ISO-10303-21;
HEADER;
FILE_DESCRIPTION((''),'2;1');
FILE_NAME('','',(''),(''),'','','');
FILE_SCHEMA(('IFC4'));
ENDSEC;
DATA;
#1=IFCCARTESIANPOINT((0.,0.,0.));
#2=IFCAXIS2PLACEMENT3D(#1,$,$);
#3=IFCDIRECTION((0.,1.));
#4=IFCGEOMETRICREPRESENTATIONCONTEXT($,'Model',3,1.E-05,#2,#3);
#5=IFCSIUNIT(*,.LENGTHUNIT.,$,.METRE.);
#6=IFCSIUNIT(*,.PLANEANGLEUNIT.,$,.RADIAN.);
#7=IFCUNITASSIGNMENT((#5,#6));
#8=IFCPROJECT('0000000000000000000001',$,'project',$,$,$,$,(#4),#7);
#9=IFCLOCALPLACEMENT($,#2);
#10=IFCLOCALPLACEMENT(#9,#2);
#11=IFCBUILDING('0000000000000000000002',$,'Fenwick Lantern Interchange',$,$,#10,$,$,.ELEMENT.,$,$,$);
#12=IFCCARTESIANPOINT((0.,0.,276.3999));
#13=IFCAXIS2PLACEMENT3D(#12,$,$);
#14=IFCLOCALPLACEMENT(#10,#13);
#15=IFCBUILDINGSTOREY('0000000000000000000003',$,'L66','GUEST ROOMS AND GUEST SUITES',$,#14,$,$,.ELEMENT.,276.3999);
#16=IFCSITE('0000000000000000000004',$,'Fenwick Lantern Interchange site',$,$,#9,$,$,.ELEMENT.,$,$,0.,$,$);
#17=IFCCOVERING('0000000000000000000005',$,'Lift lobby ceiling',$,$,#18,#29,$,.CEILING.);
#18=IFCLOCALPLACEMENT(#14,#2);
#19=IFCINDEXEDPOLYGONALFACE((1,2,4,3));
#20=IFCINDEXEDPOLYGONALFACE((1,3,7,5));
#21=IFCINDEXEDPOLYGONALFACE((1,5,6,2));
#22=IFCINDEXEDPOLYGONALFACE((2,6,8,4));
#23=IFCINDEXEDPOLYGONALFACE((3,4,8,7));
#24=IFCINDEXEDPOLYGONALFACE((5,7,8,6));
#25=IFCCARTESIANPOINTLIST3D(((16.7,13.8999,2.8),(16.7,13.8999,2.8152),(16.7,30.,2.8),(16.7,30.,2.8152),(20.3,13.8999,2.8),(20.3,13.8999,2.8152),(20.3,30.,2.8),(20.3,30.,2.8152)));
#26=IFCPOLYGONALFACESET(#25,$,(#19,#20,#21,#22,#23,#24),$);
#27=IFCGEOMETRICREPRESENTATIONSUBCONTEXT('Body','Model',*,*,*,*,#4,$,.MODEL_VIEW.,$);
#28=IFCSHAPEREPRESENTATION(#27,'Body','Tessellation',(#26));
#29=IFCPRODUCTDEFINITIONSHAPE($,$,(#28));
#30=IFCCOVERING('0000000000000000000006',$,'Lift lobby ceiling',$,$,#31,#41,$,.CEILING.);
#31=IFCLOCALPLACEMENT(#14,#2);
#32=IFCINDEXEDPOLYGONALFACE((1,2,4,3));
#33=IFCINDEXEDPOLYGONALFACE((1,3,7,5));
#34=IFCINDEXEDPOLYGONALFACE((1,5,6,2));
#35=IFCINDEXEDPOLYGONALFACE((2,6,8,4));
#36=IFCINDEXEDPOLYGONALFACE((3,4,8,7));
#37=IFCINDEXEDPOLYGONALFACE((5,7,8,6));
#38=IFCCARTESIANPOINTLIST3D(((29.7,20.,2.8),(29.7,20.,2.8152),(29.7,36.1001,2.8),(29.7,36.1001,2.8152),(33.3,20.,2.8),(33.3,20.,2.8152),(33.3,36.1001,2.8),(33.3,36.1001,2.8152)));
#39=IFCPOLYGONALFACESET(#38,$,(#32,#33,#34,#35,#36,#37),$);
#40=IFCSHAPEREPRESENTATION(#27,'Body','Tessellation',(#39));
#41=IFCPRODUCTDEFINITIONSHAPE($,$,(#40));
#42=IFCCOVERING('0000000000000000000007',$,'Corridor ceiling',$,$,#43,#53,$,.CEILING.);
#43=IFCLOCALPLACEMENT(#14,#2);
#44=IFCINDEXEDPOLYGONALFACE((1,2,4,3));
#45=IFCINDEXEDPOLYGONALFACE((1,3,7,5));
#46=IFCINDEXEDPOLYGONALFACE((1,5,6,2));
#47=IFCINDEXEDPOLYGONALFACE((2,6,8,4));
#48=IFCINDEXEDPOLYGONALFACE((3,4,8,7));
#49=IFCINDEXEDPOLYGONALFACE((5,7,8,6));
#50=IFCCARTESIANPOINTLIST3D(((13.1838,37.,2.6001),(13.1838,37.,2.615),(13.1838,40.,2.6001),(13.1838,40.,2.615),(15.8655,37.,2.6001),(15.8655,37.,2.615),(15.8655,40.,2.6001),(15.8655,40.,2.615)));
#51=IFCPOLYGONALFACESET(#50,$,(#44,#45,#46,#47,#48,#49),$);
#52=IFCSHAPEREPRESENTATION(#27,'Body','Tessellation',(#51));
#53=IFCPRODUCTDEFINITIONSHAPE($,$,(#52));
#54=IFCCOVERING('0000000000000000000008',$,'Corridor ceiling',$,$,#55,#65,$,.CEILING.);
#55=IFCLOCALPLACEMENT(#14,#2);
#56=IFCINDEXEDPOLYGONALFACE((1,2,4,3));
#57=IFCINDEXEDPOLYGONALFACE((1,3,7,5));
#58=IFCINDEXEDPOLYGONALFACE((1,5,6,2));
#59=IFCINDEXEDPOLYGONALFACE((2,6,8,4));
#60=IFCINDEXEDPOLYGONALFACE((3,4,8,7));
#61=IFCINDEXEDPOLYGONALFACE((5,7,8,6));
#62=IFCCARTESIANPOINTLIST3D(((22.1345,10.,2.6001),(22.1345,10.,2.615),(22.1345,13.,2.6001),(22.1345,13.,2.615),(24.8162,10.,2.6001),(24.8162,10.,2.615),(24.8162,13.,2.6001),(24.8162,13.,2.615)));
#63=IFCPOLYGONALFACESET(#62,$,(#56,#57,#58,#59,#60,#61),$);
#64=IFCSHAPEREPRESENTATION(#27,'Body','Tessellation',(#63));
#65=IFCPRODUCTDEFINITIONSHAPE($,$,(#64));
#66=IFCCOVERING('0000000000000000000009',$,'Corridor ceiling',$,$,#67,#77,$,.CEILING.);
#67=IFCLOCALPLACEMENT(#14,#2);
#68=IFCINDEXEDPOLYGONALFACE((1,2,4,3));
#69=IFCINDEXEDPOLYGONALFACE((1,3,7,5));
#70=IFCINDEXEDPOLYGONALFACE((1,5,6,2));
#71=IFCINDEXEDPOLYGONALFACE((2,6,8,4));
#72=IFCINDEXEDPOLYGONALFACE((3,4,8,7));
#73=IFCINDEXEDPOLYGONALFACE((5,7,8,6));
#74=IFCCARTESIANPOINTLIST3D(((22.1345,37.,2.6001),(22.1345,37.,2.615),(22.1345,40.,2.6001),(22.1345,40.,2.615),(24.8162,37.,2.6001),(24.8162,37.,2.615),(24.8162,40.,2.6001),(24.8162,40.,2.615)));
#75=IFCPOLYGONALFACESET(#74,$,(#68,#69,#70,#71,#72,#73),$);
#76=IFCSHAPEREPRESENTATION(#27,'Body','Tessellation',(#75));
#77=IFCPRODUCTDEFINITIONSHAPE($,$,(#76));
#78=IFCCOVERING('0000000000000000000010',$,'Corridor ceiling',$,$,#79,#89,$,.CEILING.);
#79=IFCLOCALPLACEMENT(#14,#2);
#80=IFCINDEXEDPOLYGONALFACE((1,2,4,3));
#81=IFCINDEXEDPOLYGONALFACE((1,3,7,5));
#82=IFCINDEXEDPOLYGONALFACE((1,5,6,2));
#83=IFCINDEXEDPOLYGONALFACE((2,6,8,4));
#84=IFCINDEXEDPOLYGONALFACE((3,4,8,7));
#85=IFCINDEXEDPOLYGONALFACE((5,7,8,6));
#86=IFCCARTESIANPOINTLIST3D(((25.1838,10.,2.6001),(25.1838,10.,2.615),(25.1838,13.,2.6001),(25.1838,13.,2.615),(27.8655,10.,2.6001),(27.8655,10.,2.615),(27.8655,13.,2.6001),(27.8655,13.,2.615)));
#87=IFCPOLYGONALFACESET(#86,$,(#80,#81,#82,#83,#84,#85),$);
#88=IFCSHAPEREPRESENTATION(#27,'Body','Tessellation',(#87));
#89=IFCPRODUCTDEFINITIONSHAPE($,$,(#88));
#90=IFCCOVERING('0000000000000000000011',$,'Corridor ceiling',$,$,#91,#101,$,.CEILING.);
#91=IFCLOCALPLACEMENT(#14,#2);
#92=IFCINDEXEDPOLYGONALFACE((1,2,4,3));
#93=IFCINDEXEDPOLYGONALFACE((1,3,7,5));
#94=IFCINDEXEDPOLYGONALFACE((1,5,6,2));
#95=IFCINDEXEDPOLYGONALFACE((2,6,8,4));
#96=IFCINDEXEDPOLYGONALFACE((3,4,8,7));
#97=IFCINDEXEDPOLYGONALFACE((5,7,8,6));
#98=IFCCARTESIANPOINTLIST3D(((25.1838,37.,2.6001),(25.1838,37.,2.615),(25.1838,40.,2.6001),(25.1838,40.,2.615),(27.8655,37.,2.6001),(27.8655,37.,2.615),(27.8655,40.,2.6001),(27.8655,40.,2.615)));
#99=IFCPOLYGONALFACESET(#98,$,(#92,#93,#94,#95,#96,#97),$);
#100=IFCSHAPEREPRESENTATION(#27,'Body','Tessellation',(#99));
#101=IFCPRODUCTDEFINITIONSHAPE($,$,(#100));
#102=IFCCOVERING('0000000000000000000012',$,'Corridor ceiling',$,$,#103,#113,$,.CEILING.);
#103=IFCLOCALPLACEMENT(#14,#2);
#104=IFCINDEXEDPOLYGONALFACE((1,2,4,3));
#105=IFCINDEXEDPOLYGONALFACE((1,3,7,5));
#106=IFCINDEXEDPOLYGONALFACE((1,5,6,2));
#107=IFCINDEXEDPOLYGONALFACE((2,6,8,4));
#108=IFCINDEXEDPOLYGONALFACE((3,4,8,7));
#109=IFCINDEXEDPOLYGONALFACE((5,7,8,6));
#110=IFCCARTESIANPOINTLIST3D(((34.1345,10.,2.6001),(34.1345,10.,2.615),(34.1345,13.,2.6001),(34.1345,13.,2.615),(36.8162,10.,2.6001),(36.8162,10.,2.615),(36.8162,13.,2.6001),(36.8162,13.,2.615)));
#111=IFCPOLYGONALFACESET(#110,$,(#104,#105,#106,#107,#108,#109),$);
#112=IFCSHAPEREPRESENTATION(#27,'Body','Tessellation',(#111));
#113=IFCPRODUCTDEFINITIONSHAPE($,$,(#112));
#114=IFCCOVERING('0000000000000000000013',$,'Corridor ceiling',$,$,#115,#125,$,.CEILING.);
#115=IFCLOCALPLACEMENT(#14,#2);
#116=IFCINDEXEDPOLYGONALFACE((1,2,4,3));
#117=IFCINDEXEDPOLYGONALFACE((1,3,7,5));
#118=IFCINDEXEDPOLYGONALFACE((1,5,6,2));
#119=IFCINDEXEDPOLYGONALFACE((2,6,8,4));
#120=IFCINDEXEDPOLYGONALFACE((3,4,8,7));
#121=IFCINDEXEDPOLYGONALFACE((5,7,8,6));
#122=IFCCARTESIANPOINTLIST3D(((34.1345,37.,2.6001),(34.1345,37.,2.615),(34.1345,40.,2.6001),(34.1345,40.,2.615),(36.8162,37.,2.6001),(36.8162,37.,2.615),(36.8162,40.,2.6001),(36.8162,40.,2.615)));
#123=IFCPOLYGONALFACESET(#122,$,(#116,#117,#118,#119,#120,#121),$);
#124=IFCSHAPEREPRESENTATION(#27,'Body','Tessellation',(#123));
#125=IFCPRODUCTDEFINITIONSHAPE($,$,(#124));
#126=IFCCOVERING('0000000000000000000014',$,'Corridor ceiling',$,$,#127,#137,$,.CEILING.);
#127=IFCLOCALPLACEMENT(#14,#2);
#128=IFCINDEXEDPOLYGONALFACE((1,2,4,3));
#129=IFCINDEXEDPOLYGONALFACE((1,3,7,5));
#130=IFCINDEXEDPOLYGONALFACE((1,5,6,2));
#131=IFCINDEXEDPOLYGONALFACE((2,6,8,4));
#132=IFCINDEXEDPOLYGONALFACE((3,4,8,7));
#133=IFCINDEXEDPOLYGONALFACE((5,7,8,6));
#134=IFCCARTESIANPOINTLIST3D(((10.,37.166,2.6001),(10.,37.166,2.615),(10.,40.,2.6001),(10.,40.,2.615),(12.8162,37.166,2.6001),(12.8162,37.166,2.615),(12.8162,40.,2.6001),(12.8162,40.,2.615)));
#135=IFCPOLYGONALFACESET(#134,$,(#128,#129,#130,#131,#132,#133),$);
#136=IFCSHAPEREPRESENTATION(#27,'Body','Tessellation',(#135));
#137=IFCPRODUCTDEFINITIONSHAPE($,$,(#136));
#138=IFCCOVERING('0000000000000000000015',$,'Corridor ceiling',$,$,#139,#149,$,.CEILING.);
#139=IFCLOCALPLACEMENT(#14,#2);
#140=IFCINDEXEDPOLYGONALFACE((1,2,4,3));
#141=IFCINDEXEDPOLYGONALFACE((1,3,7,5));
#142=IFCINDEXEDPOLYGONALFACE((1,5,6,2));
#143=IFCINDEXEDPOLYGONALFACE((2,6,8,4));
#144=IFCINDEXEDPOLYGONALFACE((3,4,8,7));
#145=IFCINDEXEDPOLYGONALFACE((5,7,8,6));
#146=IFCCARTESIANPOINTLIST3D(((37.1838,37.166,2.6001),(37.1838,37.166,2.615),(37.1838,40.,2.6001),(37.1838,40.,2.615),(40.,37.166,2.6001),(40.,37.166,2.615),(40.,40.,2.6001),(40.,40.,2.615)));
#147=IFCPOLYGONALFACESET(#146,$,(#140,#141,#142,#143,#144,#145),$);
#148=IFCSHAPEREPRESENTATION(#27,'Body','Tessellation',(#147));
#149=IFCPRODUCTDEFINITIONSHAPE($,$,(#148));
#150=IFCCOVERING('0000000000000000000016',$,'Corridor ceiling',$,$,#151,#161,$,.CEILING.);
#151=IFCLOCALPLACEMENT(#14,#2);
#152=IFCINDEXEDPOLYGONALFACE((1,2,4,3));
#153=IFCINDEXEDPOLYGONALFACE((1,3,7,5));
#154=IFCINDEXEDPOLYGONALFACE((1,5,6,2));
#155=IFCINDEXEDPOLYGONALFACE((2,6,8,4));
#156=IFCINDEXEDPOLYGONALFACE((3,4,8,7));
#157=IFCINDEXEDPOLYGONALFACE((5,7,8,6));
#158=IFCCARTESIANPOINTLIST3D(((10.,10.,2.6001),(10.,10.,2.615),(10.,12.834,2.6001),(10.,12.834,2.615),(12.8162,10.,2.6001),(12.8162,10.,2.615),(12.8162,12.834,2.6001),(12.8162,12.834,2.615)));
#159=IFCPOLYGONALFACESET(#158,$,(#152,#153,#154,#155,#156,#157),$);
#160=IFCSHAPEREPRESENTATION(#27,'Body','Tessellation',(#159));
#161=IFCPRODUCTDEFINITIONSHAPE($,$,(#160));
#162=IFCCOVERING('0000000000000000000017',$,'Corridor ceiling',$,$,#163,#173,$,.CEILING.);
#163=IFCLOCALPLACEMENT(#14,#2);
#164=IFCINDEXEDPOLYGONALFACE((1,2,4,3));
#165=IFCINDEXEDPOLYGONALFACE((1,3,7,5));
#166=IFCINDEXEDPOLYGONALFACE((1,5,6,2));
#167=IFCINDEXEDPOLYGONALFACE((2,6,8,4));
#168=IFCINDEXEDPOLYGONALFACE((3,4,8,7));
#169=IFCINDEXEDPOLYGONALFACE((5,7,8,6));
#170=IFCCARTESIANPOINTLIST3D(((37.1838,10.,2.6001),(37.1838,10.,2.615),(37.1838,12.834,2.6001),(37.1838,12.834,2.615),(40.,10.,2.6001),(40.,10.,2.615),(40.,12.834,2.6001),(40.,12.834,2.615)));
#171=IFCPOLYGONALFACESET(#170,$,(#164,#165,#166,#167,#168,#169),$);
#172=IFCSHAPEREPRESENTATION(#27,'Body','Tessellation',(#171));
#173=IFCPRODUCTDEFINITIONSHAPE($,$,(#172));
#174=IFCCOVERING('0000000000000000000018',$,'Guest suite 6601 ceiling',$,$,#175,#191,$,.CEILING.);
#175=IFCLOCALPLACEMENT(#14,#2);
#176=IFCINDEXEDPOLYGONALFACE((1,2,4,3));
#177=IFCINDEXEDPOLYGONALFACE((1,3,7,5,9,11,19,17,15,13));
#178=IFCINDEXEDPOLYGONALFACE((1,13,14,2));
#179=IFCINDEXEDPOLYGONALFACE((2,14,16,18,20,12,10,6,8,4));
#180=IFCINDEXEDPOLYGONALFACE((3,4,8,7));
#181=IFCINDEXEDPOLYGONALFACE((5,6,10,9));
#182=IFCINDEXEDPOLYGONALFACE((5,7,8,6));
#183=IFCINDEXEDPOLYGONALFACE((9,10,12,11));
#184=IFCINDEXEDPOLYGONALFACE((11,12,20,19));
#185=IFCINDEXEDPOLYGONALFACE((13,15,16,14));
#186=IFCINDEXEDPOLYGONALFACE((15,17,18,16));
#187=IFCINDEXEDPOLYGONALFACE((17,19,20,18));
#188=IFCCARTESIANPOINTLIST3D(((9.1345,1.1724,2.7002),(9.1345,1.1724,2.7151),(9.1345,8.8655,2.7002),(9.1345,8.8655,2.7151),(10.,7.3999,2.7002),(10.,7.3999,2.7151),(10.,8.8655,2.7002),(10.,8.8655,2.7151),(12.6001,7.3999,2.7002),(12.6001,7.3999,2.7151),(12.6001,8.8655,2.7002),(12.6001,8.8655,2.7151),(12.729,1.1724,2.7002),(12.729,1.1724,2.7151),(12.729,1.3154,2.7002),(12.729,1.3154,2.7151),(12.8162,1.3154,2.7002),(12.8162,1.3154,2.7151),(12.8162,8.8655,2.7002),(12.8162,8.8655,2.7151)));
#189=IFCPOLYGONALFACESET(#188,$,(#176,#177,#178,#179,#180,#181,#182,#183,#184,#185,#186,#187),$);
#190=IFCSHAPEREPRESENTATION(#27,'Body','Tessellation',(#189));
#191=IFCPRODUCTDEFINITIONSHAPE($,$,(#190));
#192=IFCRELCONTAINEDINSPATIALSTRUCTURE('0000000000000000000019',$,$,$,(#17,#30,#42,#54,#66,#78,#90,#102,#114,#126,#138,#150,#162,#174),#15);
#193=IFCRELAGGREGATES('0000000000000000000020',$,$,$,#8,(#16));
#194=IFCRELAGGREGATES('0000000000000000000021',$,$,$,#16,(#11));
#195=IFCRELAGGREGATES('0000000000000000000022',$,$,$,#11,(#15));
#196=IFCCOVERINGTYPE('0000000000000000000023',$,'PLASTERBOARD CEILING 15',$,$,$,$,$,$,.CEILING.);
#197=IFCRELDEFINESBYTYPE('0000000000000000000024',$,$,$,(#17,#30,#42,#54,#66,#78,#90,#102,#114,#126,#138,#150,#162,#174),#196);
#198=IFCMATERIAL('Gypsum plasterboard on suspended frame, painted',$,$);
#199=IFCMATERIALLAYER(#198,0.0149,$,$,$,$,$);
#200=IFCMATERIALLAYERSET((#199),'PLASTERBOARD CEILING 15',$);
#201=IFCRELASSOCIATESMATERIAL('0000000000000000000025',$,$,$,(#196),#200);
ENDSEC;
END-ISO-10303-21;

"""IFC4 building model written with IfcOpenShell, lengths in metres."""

from ifc_helpers import new_model, si_unit, direction, frame, origin, place, context, subcontext, project, spatial, polyline, outline, extrude, material, layer, layer_set, type_object, element, save


model = new_model("IFC4")

# Units and contexts
model_context = context("Model", 3, precision=1e-05, world=origin(), true_north=direction((0.0, 1.0)))
body_context = subcontext(model_context, "Body", "Model", "MODEL_VIEW")
ifc_project = project(units=[si_unit("LENGTHUNIT", "METRE"), si_unit("PLANEANGLEUNIT", "RADIAN")], contexts=[model_context])

# Site, building, storey
site_placement = place(None, origin())
site = spatial("IfcSite", under=ifc_project, at=site_placement, Name="Fenwick Lantern Interchange site", CompositionType="ELEMENT", RefElevation=0.0)
building_placement = place(site_placement, origin())
building = spatial("IfcBuilding", under=site, at=building_placement, Name="Fenwick Lantern Interchange", CompositionType="ELEMENT")
storey_placement = place(building_placement, frame((0.0, 0.0, 276.3999)))
storey = spatial("IfcBuildingStorey", under=building, at=storey_placement, Name="L66", Description="GUEST ROOMS AND GUEST SUITES", CompositionType="ELEMENT", Elevation=276.3999)

# Coverings
ifc_material = material(Name="Gypsum plasterboard on suspended frame, painted")
ifc_layer = layer(ifc_material, 0.0149)
ifc_layer_set = layer_set([ifc_layer], Name="PLASTERBOARD CEILING 15")
covering_type = type_object("IfcCoveringType", Name="PLASTERBOARD CEILING 15", PredefinedType="CEILING", material=ifc_layer_set)
covering_1_placement = place(storey_placement, frame((0.0, 0.0, 2.8)))
element("IfcCovering", 1, at=covering_1_placement, inside=storey, type_object=covering_type, Name="Lift lobby ceiling", PredefinedType="CEILING", context=body_context, shape_type="SweptSolid", body=[
    extrude(outline(polyline([(16.7, 13.8999), (20.3, 13.8999), (20.3, 30.0), (16.7, 30.0), (16.7, 13.8999)])), origin(), (0.0, 0.0, 1.0), 0.0151),
])
covering_2_placement = place(storey_placement, frame((0.0, 0.0, 2.8)))
element("IfcCovering", 2, at=covering_2_placement, inside=storey, type_object=covering_type, Name="Lift lobby ceiling", PredefinedType="CEILING", context=body_context, shape_type="SweptSolid", body=[
    extrude(outline(polyline([(33.3, 36.1001), (29.7, 36.1001), (29.7, 20.0), (33.3, 20.0), (33.3, 36.1001)])), origin(), (0.0, 0.0, 1.0), 0.0151),
])
covering_3_placement = place(storey_placement, frame((0.0, 0.0, 2.6001)))
element("IfcCovering", 3, at=covering_3_placement, inside=storey, type_object=covering_type, Name="Corridor ceiling", PredefinedType="CEILING", context=body_context, shape_type="SweptSolid", body=[
    extrude(outline(polyline([(15.8655, 40.0), (13.1838, 40.0), (13.1838, 37.0), (15.8655, 37.0), (15.8655, 40.0)])), origin(), (0.0, 0.0, 1.0), 0.0149),
])
covering_4_placement = place(storey_placement, frame((0.0, 0.0, 2.6001)))
element("IfcCovering", 4, at=covering_4_placement, inside=storey, type_object=covering_type, Name="Corridor ceiling", PredefinedType="CEILING", context=body_context, shape_type="SweptSolid", body=[
    extrude(outline(polyline([(22.1345, 10.0), (24.8162, 10.0), (24.8162, 13.0), (22.1345, 13.0), (22.1345, 10.0)])), origin(), (0.0, 0.0, 1.0), 0.0149),
])
covering_5_placement = place(storey_placement, frame((0.0, 0.0, 2.6001)))
element("IfcCovering", 5, at=covering_5_placement, inside=storey, type_object=covering_type, Name="Corridor ceiling", PredefinedType="CEILING", context=body_context, shape_type="SweptSolid", body=[
    extrude(outline(polyline([(24.8162, 40.0), (22.1345, 40.0), (22.1345, 37.0), (24.8162, 37.0), (24.8162, 40.0)])), origin(), (0.0, 0.0, 1.0), 0.0149),
])
covering_6_placement = place(storey_placement, frame((0.0, 0.0, 2.6001)))
element("IfcCovering", 6, at=covering_6_placement, inside=storey, type_object=covering_type, Name="Corridor ceiling", PredefinedType="CEILING", context=body_context, shape_type="SweptSolid", body=[
    extrude(outline(polyline([(25.1838, 10.0), (27.8655, 10.0), (27.8655, 13.0), (25.1838, 13.0), (25.1838, 10.0)])), origin(), (0.0, 0.0, 1.0), 0.0149),
])
covering_7_placement = place(storey_placement, frame((0.0, 0.0, 2.6001)))
element("IfcCovering", 7, at=covering_7_placement, inside=storey, type_object=covering_type, Name="Corridor ceiling", PredefinedType="CEILING", context=body_context, shape_type="SweptSolid", body=[
    extrude(outline(polyline([(27.8655, 40.0), (25.1838, 40.0), (25.1838, 37.0), (27.8655, 37.0), (27.8655, 40.0)])), origin(), (0.0, 0.0, 1.0), 0.0149),
])
covering_8_placement = place(storey_placement, frame((0.0, 0.0, 2.6001)))
element("IfcCovering", 8, at=covering_8_placement, inside=storey, type_object=covering_type, Name="Corridor ceiling", PredefinedType="CEILING", context=body_context, shape_type="SweptSolid", body=[
    extrude(outline(polyline([(34.1345, 10.0), (36.8162, 10.0), (36.8162, 13.0), (34.1345, 13.0), (34.1345, 10.0)])), origin(), (0.0, 0.0, 1.0), 0.0149),
])
covering_9_placement = place(storey_placement, frame((0.0, 0.0, 2.6001)))
element("IfcCovering", 9, at=covering_9_placement, inside=storey, type_object=covering_type, Name="Corridor ceiling", PredefinedType="CEILING", context=body_context, shape_type="SweptSolid", body=[
    extrude(outline(polyline([(36.8162, 40.0), (34.1345, 40.0), (34.1345, 37.0), (36.8162, 37.0), (36.8162, 40.0)])), origin(), (0.0, 0.0, 1.0), 0.0149),
])
covering_10_placement = place(storey_placement, frame((0.0, 0.0, 2.6001)))
element("IfcCovering", 10, at=covering_10_placement, inside=storey, type_object=covering_type, Name="Corridor ceiling", PredefinedType="CEILING", context=body_context, shape_type="SweptSolid", body=[
    extrude(outline(polyline([(12.8162, 40.0), (10.0, 40.0), (10.0, 37.166), (12.8162, 37.166), (12.8162, 40.0)])), origin(), (0.0, 0.0, 1.0), 0.0149),
])
covering_11_placement = place(storey_placement, frame((0.0, 0.0, 2.6001)))
element("IfcCovering", 11, at=covering_11_placement, inside=storey, type_object=covering_type, Name="Corridor ceiling", PredefinedType="CEILING", context=body_context, shape_type="SweptSolid", body=[
    extrude(outline(polyline([(40.0, 40.0), (37.1838, 40.0), (37.1838, 37.166), (40.0, 37.166), (40.0, 40.0)])), origin(), (0.0, 0.0, 1.0), 0.0149),
])
covering_12_placement = place(storey_placement, frame((0.0, 0.0, 2.6001)))
element("IfcCovering", 12, at=covering_12_placement, inside=storey, type_object=covering_type, Name="Corridor ceiling", PredefinedType="CEILING", context=body_context, shape_type="SweptSolid", body=[
    extrude(outline(polyline([(10.0, 10.0), (12.8162, 10.0), (12.8162, 12.834), (10.0, 12.834), (10.0, 10.0)])), origin(), (0.0, 0.0, 1.0), 0.0149),
])
covering_13_placement = place(storey_placement, frame((0.0, 0.0, 2.6001)))
element("IfcCovering", 13, at=covering_13_placement, inside=storey, type_object=covering_type, Name="Corridor ceiling", PredefinedType="CEILING", context=body_context, shape_type="SweptSolid", body=[
    extrude(outline(polyline([(40.0, 10.0), (40.0, 12.834), (37.1838, 12.834), (37.1838, 10.0), (40.0, 10.0)])), origin(), (0.0, 0.0, 1.0), 0.0149),
])
covering_14_placement = place(storey_placement, frame((0.0, 0.0, 2.7002)))
element("IfcCovering", 14, at=covering_14_placement, inside=storey, type_object=covering_type, Name="Guest suite 6601 ceiling", PredefinedType="CEILING", context=body_context, shape_type="SweptSolid", body=[
    extrude(outline(polyline([(10.0, 7.3999), (10.0, 8.8655), (9.1345, 8.8655), (9.1345, 1.1724), (12.729, 1.1724), (12.729, 1.3154), (12.8162, 1.3154), (12.8162, 8.8655), (12.6001, 8.8655), (12.6001, 7.3999), (10.0, 7.3999)])), origin(), (0.0, 0.0, 1.0), 0.0149),
])

save(model, "model.ifc")
